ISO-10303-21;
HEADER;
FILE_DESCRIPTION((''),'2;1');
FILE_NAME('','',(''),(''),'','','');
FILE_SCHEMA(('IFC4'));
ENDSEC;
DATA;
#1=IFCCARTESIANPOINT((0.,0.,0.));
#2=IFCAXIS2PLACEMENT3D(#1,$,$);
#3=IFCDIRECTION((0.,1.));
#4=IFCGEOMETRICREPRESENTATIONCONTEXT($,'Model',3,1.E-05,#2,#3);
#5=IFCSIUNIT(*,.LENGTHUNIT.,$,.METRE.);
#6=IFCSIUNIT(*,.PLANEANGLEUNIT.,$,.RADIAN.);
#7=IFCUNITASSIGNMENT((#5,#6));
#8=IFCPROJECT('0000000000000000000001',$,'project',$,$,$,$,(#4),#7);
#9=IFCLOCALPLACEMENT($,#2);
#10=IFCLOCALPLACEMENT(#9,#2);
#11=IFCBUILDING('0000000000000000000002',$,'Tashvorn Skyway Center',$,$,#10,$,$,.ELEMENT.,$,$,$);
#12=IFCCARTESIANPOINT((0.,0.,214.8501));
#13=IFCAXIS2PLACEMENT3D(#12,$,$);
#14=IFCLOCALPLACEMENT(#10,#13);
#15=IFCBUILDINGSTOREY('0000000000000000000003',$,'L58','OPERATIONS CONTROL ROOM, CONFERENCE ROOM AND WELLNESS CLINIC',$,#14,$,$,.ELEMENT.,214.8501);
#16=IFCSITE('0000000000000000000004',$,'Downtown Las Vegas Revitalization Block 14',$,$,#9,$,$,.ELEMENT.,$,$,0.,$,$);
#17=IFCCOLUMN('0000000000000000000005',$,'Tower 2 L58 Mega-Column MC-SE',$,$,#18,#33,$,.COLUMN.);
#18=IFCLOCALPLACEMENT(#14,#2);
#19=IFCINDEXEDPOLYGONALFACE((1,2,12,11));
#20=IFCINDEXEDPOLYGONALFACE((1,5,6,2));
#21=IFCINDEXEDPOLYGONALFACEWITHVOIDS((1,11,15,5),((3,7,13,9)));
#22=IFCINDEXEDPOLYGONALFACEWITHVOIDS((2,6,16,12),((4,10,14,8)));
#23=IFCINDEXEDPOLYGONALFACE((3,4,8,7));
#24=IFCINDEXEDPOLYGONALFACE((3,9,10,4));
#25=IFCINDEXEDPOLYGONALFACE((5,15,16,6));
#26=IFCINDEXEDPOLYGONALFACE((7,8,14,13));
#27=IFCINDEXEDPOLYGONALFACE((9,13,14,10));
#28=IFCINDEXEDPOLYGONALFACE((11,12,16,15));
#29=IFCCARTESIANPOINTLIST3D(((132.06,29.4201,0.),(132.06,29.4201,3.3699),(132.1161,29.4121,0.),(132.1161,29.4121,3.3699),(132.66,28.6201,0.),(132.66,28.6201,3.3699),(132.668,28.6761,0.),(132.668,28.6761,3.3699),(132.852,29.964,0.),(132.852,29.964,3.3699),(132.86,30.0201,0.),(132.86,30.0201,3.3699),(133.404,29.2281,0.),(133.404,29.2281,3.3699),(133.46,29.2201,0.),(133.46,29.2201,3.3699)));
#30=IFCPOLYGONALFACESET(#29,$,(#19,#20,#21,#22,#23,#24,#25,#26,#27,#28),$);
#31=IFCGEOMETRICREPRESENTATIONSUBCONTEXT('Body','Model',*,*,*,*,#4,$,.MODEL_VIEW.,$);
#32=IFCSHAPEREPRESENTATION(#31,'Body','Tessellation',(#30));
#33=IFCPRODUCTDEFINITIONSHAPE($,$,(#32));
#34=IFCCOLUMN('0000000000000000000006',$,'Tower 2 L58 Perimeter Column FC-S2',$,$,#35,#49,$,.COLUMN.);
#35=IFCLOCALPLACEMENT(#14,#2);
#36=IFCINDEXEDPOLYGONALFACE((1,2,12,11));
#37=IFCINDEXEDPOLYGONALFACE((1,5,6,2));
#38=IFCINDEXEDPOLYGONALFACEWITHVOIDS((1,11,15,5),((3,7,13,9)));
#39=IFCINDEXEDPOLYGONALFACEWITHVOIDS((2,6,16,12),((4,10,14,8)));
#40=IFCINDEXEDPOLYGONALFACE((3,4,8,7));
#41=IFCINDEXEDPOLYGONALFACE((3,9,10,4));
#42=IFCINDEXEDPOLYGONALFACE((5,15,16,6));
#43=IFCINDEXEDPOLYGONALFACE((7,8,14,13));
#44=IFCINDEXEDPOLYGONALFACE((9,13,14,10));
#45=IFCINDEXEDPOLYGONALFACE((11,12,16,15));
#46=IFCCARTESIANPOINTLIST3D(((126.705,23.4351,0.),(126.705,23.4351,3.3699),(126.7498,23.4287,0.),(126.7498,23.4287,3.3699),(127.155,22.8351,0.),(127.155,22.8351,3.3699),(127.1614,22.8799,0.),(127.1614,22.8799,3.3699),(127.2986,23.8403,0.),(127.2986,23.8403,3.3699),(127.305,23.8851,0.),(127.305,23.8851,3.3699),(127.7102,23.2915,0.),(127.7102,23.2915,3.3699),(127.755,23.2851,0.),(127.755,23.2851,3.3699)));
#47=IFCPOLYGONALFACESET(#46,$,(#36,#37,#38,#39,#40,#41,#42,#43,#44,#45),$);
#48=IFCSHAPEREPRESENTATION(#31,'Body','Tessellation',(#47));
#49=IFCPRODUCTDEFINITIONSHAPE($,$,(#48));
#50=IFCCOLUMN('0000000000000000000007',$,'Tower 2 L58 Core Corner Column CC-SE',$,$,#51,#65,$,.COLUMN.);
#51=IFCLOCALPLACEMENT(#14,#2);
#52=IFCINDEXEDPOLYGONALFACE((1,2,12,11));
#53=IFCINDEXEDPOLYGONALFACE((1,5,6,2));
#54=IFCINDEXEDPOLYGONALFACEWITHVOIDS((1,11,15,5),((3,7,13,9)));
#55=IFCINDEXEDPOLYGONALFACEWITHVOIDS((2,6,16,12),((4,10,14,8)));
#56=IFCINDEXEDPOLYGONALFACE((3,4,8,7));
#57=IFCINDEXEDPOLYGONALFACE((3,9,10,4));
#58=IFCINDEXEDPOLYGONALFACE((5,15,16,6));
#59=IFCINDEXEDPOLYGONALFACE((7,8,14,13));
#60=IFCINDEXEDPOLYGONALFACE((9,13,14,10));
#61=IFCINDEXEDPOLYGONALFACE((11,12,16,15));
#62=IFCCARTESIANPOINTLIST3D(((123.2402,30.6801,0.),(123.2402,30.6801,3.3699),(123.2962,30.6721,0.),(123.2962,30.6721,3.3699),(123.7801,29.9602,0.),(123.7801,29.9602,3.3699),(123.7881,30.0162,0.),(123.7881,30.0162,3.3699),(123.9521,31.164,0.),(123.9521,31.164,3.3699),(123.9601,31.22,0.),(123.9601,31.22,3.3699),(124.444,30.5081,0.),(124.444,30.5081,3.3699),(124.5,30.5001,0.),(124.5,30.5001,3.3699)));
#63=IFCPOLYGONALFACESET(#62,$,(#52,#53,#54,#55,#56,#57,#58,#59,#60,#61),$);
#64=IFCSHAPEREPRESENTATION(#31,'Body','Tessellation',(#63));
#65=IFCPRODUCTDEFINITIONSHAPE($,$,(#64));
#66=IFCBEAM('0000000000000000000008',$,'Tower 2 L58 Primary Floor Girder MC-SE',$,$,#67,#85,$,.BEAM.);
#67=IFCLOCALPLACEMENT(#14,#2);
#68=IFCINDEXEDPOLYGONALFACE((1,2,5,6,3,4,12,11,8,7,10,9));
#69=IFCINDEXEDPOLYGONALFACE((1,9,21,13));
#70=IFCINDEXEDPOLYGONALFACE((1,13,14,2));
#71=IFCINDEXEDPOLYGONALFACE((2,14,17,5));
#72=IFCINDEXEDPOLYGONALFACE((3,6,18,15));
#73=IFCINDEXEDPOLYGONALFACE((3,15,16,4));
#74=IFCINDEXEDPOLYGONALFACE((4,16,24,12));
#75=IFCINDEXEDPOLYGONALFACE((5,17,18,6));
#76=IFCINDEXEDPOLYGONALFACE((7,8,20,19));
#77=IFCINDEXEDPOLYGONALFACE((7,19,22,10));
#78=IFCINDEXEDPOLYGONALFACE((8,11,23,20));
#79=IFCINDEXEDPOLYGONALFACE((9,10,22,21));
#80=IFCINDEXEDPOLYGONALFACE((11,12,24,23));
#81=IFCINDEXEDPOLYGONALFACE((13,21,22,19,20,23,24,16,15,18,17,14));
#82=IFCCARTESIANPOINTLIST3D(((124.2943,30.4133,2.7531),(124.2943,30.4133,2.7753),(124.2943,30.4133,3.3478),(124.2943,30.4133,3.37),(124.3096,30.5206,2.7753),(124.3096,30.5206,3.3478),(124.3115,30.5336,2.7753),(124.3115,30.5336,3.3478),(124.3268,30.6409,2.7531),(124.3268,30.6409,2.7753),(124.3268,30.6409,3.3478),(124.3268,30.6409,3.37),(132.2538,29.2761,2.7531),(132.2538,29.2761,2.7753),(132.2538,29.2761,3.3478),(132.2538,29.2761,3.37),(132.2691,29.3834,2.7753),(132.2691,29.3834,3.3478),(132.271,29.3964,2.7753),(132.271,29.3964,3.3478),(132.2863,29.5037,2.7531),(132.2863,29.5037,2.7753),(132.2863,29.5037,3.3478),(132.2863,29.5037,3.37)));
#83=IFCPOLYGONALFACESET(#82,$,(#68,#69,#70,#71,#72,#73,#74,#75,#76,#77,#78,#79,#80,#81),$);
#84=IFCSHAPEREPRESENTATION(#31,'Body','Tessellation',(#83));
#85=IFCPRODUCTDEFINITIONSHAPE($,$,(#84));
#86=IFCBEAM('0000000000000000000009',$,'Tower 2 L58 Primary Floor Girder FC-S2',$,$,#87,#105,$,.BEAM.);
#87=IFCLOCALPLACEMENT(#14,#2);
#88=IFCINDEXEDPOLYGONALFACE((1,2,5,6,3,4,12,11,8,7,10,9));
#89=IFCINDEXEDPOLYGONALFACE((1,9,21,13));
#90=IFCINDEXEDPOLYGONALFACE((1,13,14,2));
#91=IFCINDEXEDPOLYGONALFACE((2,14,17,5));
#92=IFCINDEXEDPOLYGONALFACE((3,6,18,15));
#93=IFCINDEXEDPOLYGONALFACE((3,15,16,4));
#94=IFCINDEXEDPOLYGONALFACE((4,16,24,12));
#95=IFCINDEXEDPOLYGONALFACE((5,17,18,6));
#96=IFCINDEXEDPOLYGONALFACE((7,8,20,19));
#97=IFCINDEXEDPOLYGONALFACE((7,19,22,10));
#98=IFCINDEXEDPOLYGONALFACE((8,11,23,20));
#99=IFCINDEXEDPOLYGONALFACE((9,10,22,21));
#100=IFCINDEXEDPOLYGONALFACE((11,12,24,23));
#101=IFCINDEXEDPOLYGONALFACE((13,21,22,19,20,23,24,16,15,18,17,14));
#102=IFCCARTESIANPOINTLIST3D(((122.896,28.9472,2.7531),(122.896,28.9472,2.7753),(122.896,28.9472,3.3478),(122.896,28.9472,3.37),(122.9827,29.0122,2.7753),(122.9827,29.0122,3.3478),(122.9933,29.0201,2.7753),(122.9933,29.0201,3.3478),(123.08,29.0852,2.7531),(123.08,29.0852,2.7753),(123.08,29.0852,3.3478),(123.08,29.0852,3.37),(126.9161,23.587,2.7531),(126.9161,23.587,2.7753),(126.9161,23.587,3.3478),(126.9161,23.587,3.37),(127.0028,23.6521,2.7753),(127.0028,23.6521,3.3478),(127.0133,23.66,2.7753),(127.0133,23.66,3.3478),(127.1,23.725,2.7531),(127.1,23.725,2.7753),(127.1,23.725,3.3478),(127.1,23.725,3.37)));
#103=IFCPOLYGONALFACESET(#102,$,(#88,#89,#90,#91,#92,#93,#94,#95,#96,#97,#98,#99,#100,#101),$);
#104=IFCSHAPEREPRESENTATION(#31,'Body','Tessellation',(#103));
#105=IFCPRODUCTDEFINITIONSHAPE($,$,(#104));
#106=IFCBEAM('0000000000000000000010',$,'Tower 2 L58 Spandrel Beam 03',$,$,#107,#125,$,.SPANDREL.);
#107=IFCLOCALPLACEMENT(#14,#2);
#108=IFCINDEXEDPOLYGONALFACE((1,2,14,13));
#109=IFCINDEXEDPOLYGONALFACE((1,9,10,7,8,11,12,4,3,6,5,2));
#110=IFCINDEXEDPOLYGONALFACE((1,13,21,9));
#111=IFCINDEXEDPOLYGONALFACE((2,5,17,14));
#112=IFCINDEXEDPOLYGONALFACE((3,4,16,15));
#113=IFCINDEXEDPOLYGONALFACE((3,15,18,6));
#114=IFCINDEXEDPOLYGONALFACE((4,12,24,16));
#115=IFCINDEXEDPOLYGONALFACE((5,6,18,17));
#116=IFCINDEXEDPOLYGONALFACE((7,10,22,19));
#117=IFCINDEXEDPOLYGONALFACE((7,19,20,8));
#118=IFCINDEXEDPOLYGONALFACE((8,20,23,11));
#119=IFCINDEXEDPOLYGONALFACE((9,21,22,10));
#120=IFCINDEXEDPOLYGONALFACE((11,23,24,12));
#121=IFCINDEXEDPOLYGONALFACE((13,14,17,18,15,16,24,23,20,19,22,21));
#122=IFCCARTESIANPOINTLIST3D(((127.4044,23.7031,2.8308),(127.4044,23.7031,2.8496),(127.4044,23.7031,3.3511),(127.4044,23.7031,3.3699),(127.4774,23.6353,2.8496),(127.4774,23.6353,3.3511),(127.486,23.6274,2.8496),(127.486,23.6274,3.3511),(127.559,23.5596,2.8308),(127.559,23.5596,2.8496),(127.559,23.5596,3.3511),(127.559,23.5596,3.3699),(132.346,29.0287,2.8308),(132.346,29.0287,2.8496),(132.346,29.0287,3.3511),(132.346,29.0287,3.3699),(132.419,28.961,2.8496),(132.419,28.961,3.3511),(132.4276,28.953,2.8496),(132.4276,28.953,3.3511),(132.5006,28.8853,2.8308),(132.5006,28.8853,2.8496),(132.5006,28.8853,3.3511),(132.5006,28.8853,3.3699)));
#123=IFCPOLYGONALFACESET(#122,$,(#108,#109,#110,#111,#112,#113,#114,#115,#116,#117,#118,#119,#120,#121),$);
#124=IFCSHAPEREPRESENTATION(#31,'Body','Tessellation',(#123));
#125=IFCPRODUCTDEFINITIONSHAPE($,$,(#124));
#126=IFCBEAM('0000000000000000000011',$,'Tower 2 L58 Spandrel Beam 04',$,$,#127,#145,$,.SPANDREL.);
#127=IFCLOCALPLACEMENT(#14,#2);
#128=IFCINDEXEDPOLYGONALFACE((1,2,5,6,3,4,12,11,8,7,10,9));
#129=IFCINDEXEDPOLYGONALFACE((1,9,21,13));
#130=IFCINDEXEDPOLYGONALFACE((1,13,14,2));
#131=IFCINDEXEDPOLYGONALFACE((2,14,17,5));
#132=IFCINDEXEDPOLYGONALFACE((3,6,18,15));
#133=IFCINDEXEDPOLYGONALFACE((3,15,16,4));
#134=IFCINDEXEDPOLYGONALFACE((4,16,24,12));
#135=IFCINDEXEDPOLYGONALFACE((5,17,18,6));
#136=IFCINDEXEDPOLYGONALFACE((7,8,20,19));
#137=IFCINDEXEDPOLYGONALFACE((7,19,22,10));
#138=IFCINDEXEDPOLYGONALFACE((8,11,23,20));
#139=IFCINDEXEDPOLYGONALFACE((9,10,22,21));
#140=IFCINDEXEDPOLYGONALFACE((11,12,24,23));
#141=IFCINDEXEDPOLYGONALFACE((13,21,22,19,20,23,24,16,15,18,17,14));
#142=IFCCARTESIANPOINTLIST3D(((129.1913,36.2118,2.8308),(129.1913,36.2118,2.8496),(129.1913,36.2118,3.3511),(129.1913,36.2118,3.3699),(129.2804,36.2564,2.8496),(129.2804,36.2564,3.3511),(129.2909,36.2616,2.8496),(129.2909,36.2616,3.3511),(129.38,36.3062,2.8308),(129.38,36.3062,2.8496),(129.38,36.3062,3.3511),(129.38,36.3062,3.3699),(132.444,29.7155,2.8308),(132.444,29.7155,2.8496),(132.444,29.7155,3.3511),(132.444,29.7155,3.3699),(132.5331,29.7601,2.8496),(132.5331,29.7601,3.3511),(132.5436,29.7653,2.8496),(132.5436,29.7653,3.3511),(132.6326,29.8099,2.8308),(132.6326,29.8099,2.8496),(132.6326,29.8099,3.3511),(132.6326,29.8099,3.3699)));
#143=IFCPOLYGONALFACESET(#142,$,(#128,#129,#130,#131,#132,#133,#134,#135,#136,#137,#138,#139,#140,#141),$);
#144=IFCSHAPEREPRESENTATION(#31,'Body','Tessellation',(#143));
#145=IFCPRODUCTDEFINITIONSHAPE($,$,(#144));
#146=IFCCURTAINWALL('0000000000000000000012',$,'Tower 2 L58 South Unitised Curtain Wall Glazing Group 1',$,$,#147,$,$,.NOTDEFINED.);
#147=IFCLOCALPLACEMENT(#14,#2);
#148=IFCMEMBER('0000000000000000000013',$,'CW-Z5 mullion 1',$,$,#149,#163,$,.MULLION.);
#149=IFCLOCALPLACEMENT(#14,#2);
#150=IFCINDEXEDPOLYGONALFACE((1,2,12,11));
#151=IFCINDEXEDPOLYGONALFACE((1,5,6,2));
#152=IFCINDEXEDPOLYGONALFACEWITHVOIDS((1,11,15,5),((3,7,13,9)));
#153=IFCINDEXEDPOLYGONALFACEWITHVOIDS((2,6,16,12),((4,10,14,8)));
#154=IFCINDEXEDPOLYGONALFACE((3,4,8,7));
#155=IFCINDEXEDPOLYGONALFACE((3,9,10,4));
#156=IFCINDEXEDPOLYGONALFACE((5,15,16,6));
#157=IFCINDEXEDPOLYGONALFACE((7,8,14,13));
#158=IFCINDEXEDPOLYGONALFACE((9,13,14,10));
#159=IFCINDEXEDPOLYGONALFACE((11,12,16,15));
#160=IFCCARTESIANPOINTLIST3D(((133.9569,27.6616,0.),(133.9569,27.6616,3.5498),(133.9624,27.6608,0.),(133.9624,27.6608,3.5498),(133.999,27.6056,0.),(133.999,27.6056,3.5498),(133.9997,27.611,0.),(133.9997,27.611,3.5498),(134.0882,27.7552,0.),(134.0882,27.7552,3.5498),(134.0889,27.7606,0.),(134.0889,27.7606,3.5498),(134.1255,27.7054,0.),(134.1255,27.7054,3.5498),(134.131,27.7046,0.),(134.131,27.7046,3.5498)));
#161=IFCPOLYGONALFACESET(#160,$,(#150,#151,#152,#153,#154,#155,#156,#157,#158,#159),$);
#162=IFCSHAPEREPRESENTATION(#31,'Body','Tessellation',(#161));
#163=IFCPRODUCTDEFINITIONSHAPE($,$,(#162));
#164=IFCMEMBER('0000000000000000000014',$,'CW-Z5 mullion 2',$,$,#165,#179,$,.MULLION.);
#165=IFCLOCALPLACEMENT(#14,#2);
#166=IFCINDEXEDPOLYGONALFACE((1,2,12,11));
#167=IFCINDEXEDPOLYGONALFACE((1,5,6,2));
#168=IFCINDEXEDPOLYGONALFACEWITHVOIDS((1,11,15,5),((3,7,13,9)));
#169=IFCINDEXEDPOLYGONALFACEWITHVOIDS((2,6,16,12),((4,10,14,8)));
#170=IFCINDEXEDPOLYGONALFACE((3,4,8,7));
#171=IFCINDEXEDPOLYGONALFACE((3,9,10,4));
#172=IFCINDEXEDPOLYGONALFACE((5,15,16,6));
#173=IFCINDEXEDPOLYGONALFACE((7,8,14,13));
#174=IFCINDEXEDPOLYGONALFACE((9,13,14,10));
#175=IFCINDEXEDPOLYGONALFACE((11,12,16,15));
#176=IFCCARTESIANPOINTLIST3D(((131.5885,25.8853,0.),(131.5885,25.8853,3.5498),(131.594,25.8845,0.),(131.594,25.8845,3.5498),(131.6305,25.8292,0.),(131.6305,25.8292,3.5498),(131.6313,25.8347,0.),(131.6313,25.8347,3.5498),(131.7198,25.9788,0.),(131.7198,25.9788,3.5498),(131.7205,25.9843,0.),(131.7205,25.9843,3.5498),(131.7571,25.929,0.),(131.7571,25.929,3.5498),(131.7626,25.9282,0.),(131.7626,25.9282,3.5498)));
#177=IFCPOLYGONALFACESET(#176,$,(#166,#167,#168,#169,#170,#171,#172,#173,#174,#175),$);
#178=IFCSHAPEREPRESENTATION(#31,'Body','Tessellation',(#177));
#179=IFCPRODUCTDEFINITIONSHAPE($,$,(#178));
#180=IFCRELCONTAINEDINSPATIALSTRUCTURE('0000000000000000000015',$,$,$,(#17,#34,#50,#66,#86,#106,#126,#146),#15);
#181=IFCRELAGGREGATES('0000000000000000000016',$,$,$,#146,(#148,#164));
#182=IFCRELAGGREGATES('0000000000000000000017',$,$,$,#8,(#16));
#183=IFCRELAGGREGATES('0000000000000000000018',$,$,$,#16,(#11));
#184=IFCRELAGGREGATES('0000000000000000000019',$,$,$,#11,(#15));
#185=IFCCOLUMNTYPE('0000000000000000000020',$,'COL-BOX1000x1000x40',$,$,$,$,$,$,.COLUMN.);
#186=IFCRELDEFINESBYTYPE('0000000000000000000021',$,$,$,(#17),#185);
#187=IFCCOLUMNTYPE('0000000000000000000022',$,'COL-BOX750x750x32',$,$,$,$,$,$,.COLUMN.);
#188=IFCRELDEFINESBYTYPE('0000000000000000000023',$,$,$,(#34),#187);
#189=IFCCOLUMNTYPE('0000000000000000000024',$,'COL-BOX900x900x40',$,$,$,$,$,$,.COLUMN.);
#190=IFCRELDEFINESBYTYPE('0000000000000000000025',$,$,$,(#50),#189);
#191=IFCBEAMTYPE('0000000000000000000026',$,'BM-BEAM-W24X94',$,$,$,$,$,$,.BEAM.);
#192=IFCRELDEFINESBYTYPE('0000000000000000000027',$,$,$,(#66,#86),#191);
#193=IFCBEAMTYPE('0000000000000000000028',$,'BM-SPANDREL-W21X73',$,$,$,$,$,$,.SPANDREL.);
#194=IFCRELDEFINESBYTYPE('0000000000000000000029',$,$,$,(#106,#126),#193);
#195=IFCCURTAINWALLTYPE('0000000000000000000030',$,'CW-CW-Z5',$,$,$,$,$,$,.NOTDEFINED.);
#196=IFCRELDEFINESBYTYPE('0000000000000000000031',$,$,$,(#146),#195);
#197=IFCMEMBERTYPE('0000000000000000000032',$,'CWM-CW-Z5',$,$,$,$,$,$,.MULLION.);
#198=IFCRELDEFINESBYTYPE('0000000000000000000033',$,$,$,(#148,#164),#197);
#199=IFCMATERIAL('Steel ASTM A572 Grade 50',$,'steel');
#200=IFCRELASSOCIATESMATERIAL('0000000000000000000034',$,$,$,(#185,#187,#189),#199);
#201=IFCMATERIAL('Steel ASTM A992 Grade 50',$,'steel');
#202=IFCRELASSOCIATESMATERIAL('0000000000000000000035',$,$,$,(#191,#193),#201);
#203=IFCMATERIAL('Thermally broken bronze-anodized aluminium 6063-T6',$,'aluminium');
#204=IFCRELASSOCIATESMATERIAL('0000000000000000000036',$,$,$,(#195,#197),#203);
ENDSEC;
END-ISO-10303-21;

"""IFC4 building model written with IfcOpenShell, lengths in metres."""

from ifc_helpers import new_model, si_unit, direction, frame, origin, origin_2d, place, context, subcontext, project, spatial, hollow_rectangle, i_section, extrude, material, material_profile, profile_set, type_object, element, aggregate, save


model = new_model("IFC4")

# Units and contexts
model_context = context("Model", 3, precision=1e-05, world=origin(), true_north=direction((0.0, 1.0)))
body_context = subcontext(model_context, "Body", "Model", "MODEL_VIEW")
ifc_project = project(units=[si_unit("LENGTHUNIT", "METRE"), si_unit("PLANEANGLEUNIT", "RADIAN")], contexts=[model_context])

# Site, building, storey
site_placement = place(None, origin())
site = spatial("IfcSite", under=ifc_project, at=site_placement, Name="Downtown Las Vegas Revitalization Block 14", CompositionType="ELEMENT", RefElevation=0.0)
building_placement = place(site_placement, origin())
building = spatial("IfcBuilding", under=site, at=building_placement, Name="Tashvorn Skyway Center", CompositionType="ELEMENT")
storey_placement = place(building_placement, frame((0.0, 0.0, 214.8501)))
storey = spatial("IfcBuildingStorey", under=building, at=storey_placement, Name="L58", Description="OPERATIONS CONTROL ROOM, CONFERENCE ROOM AND WELLNESS CLINIC", CompositionType="ELEMENT", Elevation=214.8501)

# Columns
ifc_material_1 = material(Name="Steel ASTM A572 Grade 50", Category="steel")
ifc_material_profile_1 = material_profile(ifc_material_1, hollow_rectangle(XDim=1.0, YDim=1.0, WallThickness=0.04, at=origin_2d()), Name="BOX1000x1000x40")
ifc_profile_set_1 = profile_set([ifc_material_profile_1], Name="Steel ASTM A572 Grade 50")
column_type_1 = type_object("IfcColumnType", Name="COL-BOX1000x1000x40", PredefinedType="COLUMN", material=ifc_profile_set_1)
column_1_placement = place(storey_placement, frame((132.76, 29.3201, 0.0), z_axis=(0.0, 0.0, 1.0), x_axis=(0.8, 0.6, 0.0)))
element("IfcColumn", 1, at=column_1_placement, inside=storey, type_object=column_type_1, Name="Tower 2 L58 Mega-Column MC-SE", PredefinedType="COLUMN", context=body_context, shape_type="SweptSolid", body=[
    extrude(hollow_rectangle(XDim=1.0, YDim=1.0, WallThickness=0.04, at=origin_2d()), origin(), (0.0, 0.0, 1.0), 3.3699),
])
ifc_material_profile_2 = material_profile(ifc_material_1, hollow_rectangle(XDim=0.75, YDim=0.75, WallThickness=0.032, at=origin_2d()), Name="BOX750x750x32")
ifc_profile_set_2 = profile_set([ifc_material_profile_2], Name="Steel ASTM A572 Grade 50")
column_type_2 = type_object("IfcColumnType", Name="COL-BOX750x750x32", PredefinedType="COLUMN", material=ifc_profile_set_2)
column_2_placement = place(storey_placement, frame((127.23, 23.3601, 0.0), z_axis=(0.0, 0.0, 1.0), x_axis=(0.8, 0.6, 0.0)))
element("IfcColumn", 2, at=column_2_placement, inside=storey, type_object=column_type_2, Name="Tower 2 L58 Perimeter Column FC-S2", PredefinedType="COLUMN", context=body_context, shape_type="SweptSolid", body=[
    extrude(hollow_rectangle(XDim=0.75, YDim=0.75, WallThickness=0.032, at=origin_2d()), origin(), (0.0, 0.0, 1.0), 3.3699),
])
ifc_material_profile_3 = material_profile(ifc_material_1, hollow_rectangle(XDim=0.8999, YDim=0.8999, WallThickness=0.04, at=origin_2d()), Name="BOX900x900x40")
ifc_profile_set_3 = profile_set([ifc_material_profile_3], Name="Steel ASTM A572 Grade 50")
column_type_3 = type_object("IfcColumnType", Name="COL-BOX900x900x40", PredefinedType="COLUMN", material=ifc_profile_set_3)
column_3_placement = place(storey_placement, frame((123.8701, 30.5901, 0.0), z_axis=(0.0, 0.0, 1.0), x_axis=(0.8, 0.6, 0.0)))
element("IfcColumn", 3, at=column_3_placement, inside=storey, type_object=column_type_3, Name="Tower 2 L58 Core Corner Column CC-SE", PredefinedType="COLUMN", context=body_context, shape_type="SweptSolid", body=[
    extrude(hollow_rectangle(XDim=0.8999, YDim=0.8999, WallThickness=0.04, at=origin_2d()), origin(), (0.0, 0.0, 1.0), 3.3699),
])

# Beams
ifc_material_2 = material(Name="Steel ASTM A992 Grade 50", Category="steel")
ifc_material_profile_4 = material_profile(ifc_material_2, i_section(OverallWidth=0.23, OverallDepth=0.6169, WebThickness=0.0132, FlangeThickness=0.0222, at=origin_2d()), Name="W24X94")
ifc_profile_set_4 = profile_set([ifc_material_profile_4], Name="Steel ASTM A992 Grade 50")
beam_type_1 = type_object("IfcBeamType", Name="BM-BEAM-W24X94", PredefinedType="BEAM", material=ifc_profile_set_4)
beam_1_placement = place(storey_placement, frame((132.27, 29.3899, 3.0615), z_axis=(-0.989947, 0.141438, 0.0), x_axis=(-0.141438, -0.989947, 0.0)))
element("IfcBeam", 4, at=beam_1_placement, inside=storey, type_object=beam_type_1, Name="Tower 2 L58 Primary Floor Girder MC-SE", PredefinedType="BEAM", context=body_context, shape_type="SweptSolid", body=[
    extrude(i_section(OverallWidth=0.23, OverallDepth=0.6169, WebThickness=0.0132, FlangeThickness=0.0222, at=origin_2d()), origin(), (0.0, 0.0, 1.0), 8.0403),
])
beam_2_placement = place(storey_placement, frame((127.0081, 23.656, 3.0615), z_axis=(-0.599994, 0.800004, 0.0), x_axis=(-0.800004, -0.599994, 0.0)))
element("IfcBeam", 5, at=beam_2_placement, inside=storey, type_object=beam_type_1, Name="Tower 2 L58 Primary Floor Girder FC-S2", PredefinedType="BEAM", context=body_context, shape_type="SweptSolid", body=[
    extrude(i_section(OverallWidth=0.23, OverallDepth=0.6169, WebThickness=0.0132, FlangeThickness=0.0222, at=origin_2d()), origin(), (0.0, 0.0, 1.0), 6.7002),
])
ifc_material_profile_5 = material_profile(ifc_material_2, i_section(OverallWidth=0.2109, OverallDepth=0.5391, WebThickness=0.0117, FlangeThickness=0.0188, at=origin_2d()), Name="W21X73")
ifc_profile_set_5 = profile_set([ifc_material_profile_5], Name="Steel ASTM A992 Grade 50")
beam_type_2 = type_object("IfcBeamType", Name="BM-SPANDREL-W21X73", PredefinedType="SPANDREL", material=ifc_profile_set_5)
for number, where, z_axis, x_axis, name in (
    (6, (127.4817, 23.6313, 3.1003), (0.680183, 0.733042, 0.0), (-0.733042, 0.680183, 0.0), "Tower 2 L58 Spandrel Beam 03"),
    (7, (132.5383, 29.7627, 3.1003), (-0.447711, 0.894178, 0.0), (-0.894178, -0.447711, 0.0), "Tower 2 L58 Spandrel Beam 04"),
):
    element("IfcBeam", number, at=place(storey_placement, frame(where, z_axis=z_axis, x_axis=x_axis)), inside=storey, type_object=beam_type_2, Name=name, PredefinedType="SPANDREL", context=body_context, shape_type="SweptSolid", body=[
        extrude(i_section(OverallWidth=0.2109, OverallDepth=0.5391, WebThickness=0.0117, FlangeThickness=0.0188, at=origin_2d()), origin(), (0.0, 0.0, 1.0), 7.2651),
    ])

# Curtain wall, members
ifc_material_3 = material(Name="Thermally broken bronze-anodized aluminium 6063-T6", Category="aluminium")
curtain_wall_type = type_object("IfcCurtainWallType", Name="CW-CW-Z5", PredefinedType="NOTDEFINED", material=ifc_material_3)
curtain_wall_1_placement = place(storey_placement, origin())
curtain_wall_1 = element("IfcCurtainWall", 8, at=curtain_wall_1_placement, inside=storey, type_object=curtain_wall_type, Name="Tower 2 L58 South Unitised Curtain Wall Glazing Group 1", PredefinedType="NOTDEFINED")
ifc_material_profile_6 = material_profile(ifc_material_3, hollow_rectangle(XDim=0.0701, YDim=0.165, WallThickness=0.0039, at=origin_2d()), Name="ALU-MULL-70x165")
ifc_profile_set_6 = profile_set([ifc_material_profile_6], Name="Thermally broken bronze-anodized aluminium 6063-T6")
member_type_1 = type_object("IfcMemberType", Name="CWM-CW-Z5", PredefinedType="MULLION", material=ifc_profile_set_6)
member_1_placement = place(storey_placement, frame((134.0439, 27.6831, 0.0), z_axis=(0.0, 0.0, 1.0), x_axis=(0.600003, -0.799998, 0.0)))
member_1 = element("IfcMember", 9, at=member_1_placement, type_object=member_type_1, Name="CW-Z5 mullion 1", PredefinedType="MULLION", context=body_context, shape_type="SweptSolid", body=[
    extrude(hollow_rectangle(XDim=0.0701, YDim=0.165, WallThickness=0.0039, at=origin_2d()), origin(), (0.0, 0.0, 1.0), 3.5498),
])
member_2_placement = place(storey_placement, frame((131.6755, 25.9067, 0.0), z_axis=(0.0, 0.0, 1.0), x_axis=(0.600003, -0.799998, 0.0)))
member_2 = element("IfcMember", 10, at=member_2_placement, type_object=member_type_1, Name="CW-Z5 mullion 2", PredefinedType="MULLION", context=body_context, shape_type="SweptSolid", body=[
    extrude(hollow_rectangle(XDim=0.0701, YDim=0.165, WallThickness=0.0039, at=origin_2d()), origin(), (0.0, 0.0, 1.0), 3.5498),
])

aggregate(curtain_wall_1, [member_1, member_2])

save(model, "model.ifc")
